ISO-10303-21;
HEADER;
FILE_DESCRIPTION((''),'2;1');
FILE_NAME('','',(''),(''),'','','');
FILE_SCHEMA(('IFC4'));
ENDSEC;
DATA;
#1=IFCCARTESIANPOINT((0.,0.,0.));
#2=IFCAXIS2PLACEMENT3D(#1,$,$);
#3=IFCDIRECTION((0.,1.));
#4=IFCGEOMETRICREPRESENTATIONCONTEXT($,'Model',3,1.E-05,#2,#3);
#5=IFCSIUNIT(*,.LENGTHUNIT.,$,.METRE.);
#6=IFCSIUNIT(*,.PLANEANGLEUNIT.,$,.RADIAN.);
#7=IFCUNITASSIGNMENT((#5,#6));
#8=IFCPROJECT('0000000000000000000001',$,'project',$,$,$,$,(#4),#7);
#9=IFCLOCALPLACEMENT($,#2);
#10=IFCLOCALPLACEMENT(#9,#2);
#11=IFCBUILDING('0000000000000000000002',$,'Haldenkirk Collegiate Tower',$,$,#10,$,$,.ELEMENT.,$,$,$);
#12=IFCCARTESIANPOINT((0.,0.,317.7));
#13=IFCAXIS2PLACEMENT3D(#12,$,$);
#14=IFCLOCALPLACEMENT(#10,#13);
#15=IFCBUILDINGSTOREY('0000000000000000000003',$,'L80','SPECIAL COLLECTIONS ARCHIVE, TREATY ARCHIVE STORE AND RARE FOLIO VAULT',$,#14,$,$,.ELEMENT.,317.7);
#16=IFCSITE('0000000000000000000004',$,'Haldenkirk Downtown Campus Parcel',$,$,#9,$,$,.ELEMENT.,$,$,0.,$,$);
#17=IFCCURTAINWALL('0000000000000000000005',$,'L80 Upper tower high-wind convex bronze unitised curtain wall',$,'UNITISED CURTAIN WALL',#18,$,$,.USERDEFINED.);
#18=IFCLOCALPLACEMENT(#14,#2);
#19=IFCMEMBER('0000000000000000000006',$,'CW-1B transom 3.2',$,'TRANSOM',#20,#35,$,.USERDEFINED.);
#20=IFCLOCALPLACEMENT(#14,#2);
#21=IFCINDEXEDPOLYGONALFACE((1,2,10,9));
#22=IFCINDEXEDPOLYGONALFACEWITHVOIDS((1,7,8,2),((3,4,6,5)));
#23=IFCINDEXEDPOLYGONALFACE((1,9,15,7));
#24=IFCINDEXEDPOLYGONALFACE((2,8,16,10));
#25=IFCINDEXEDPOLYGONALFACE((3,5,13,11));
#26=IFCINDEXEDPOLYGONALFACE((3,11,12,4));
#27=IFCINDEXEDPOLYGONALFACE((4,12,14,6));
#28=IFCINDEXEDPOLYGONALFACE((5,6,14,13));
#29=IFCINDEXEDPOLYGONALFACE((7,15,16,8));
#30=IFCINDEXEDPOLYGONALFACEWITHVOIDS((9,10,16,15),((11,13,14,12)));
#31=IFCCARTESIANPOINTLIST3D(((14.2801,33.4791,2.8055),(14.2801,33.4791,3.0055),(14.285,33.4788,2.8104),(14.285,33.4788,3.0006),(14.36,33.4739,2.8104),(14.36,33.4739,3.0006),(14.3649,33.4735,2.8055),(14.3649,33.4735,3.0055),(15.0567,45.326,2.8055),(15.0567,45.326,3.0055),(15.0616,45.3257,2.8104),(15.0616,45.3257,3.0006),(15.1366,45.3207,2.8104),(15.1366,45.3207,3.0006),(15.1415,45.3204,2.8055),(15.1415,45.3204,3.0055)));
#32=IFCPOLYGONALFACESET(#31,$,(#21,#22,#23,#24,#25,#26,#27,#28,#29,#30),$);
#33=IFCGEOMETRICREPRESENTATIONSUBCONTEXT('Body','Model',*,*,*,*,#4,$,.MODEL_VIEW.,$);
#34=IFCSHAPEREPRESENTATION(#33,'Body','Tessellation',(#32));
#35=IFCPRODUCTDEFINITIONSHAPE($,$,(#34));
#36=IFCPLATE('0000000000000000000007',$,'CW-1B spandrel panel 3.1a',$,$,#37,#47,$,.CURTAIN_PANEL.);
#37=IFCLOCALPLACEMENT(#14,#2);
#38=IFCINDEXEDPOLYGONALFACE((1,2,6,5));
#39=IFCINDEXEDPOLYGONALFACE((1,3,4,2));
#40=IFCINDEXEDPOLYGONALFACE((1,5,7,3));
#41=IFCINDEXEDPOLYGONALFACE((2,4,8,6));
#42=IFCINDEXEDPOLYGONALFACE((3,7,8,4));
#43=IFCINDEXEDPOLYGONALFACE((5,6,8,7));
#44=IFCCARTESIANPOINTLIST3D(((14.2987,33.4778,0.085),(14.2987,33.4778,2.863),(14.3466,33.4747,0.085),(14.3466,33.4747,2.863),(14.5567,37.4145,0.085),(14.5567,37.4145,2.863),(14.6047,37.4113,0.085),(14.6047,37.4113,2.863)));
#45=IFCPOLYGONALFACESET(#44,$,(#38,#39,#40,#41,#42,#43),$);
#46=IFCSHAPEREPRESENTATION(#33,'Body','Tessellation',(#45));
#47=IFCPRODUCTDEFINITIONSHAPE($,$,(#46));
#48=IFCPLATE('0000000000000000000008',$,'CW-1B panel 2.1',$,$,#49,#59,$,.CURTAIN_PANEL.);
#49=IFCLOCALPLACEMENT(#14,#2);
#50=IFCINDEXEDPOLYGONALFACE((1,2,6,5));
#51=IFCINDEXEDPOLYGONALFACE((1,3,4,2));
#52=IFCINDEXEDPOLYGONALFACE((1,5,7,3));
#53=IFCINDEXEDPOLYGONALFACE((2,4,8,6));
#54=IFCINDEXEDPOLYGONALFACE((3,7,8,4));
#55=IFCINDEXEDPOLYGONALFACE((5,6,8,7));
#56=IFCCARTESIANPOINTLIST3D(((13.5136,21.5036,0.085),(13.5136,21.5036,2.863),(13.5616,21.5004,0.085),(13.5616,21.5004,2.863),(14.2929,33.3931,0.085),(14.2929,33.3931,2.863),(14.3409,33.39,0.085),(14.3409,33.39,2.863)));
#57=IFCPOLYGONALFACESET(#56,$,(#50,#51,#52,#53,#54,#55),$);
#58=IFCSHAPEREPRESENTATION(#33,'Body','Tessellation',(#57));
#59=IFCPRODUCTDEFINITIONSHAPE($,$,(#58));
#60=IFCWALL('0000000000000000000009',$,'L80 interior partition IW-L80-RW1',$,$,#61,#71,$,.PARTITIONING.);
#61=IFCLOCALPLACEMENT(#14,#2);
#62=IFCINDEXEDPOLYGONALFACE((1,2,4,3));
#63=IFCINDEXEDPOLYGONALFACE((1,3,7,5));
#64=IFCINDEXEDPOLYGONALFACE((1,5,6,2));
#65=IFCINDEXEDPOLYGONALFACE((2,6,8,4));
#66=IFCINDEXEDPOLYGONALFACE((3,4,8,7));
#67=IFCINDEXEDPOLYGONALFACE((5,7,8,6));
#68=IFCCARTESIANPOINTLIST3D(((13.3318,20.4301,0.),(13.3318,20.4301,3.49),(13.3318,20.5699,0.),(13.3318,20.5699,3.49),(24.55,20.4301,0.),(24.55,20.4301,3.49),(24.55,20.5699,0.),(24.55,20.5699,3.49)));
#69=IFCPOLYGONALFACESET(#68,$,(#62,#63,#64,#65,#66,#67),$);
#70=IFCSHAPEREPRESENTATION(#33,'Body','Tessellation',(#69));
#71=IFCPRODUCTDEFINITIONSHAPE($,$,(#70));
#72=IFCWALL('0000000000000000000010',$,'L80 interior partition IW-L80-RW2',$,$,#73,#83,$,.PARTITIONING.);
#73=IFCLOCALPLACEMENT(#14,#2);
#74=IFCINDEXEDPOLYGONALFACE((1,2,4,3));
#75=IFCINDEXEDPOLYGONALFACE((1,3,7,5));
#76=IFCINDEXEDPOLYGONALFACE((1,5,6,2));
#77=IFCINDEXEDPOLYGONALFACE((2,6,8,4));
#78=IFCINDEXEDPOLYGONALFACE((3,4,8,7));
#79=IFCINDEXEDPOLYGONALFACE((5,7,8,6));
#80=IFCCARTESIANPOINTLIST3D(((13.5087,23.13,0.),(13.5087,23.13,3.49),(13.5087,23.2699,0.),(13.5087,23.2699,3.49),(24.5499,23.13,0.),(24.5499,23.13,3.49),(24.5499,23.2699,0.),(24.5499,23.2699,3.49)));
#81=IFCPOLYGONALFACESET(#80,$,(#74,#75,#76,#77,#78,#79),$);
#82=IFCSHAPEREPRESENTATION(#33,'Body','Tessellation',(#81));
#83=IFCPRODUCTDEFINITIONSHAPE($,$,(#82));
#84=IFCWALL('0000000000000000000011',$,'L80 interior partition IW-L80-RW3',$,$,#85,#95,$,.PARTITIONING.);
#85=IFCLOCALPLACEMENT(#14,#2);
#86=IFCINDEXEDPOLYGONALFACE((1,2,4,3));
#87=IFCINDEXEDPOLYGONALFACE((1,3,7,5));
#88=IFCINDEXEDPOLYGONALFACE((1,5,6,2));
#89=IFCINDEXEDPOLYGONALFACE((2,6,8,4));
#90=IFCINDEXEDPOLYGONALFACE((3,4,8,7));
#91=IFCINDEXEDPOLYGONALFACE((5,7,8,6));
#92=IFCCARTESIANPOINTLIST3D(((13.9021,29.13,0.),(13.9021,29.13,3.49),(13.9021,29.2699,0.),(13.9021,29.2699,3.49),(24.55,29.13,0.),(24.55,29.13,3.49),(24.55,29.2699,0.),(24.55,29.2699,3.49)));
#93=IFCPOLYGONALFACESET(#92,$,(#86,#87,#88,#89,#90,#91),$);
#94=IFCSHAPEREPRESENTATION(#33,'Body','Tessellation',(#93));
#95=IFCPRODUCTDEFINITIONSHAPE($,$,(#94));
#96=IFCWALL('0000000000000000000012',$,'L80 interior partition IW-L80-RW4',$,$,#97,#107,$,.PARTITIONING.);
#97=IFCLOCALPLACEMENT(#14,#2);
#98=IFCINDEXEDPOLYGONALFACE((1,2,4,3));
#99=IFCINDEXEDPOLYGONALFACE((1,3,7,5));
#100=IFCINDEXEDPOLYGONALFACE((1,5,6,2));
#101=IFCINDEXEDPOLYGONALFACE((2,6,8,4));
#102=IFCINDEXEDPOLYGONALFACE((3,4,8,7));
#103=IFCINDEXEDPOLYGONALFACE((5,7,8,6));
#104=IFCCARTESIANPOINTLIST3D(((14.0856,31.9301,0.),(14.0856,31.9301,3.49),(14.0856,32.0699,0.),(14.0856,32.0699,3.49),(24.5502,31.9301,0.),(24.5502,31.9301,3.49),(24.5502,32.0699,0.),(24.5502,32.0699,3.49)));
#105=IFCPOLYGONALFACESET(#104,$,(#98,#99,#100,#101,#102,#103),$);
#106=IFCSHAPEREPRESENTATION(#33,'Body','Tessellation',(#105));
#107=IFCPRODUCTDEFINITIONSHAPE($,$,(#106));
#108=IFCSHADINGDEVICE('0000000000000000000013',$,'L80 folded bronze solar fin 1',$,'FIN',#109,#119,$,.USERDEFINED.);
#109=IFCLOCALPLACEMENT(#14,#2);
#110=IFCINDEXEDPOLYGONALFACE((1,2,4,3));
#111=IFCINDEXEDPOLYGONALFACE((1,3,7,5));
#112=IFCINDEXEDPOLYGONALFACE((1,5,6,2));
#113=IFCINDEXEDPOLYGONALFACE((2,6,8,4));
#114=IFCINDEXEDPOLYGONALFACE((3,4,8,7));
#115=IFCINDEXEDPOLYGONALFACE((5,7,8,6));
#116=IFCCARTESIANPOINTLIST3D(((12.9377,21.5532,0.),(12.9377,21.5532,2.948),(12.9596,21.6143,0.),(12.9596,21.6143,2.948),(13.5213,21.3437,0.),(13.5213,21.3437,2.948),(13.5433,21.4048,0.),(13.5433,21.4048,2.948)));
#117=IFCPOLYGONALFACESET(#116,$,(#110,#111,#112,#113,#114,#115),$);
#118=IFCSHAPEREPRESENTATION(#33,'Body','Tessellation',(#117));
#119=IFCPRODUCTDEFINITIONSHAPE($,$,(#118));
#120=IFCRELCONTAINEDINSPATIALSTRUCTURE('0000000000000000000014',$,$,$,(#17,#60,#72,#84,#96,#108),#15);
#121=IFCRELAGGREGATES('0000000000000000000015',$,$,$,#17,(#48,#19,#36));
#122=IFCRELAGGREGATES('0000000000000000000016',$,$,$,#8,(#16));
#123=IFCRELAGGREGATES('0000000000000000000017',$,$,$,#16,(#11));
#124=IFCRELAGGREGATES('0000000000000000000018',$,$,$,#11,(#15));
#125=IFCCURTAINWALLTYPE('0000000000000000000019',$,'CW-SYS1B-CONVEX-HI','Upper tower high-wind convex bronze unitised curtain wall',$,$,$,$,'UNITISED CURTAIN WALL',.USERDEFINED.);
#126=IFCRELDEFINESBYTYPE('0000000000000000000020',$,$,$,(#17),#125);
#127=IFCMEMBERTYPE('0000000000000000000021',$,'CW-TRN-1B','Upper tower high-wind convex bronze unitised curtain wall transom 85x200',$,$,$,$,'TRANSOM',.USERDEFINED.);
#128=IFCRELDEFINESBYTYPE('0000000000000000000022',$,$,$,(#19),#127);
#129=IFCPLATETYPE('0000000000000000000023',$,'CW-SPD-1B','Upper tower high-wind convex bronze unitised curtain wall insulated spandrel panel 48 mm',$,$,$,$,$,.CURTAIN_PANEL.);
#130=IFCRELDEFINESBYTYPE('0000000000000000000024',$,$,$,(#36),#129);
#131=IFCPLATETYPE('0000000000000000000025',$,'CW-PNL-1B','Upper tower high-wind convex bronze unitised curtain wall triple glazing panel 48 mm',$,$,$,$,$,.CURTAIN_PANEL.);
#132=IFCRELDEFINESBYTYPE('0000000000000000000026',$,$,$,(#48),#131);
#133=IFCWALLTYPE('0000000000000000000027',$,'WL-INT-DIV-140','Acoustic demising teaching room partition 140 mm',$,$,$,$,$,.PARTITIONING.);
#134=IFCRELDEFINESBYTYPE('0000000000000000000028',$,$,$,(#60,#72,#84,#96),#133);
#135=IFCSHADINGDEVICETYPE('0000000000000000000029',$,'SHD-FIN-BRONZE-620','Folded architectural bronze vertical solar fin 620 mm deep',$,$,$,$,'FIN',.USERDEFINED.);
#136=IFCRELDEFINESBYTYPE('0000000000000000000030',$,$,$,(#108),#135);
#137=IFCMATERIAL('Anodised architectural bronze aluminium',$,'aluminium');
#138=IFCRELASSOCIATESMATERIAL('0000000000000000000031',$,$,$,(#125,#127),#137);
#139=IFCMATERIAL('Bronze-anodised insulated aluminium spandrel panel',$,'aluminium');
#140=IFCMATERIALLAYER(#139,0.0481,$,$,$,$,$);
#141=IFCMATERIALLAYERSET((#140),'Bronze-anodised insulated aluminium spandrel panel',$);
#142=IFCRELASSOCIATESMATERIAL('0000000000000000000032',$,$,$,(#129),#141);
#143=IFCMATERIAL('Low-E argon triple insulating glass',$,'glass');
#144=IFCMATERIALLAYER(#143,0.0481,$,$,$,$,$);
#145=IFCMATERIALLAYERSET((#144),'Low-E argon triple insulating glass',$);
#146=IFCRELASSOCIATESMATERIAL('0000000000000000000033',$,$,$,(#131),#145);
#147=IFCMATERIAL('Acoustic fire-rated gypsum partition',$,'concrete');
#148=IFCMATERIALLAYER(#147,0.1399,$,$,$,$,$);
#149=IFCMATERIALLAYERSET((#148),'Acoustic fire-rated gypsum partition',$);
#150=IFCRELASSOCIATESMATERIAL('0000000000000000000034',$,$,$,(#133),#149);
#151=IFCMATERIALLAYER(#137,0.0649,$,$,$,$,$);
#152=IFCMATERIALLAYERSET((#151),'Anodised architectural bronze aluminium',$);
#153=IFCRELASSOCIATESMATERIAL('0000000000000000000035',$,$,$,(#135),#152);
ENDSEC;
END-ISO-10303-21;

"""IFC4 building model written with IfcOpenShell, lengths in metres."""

from ifc_helpers import new_model, si_unit, direction, frame, frame_2d, origin, origin_2d, place, context, subcontext, project, spatial, rectangle, hollow_rectangle, extrude, source, transform, mapped, material, layer, layer_set, material_profile, profile_set, type_object, element, aggregate, save


model = new_model("IFC4")

# Units and contexts
model_context = context("Model", 3, precision=1e-05, world=origin(), true_north=direction((0.0, 1.0)))
body_context = subcontext(model_context, "Body", "Model", "MODEL_VIEW")
ifc_project = project(units=[si_unit("LENGTHUNIT", "METRE"), si_unit("PLANEANGLEUNIT", "RADIAN")], contexts=[model_context])

# Site, building, storey
site_placement = place(None, origin())
site = spatial("IfcSite", under=ifc_project, at=site_placement, Name="Haldenkirk Downtown Campus Parcel", CompositionType="ELEMENT", RefElevation=0.0)
building_placement = place(site_placement, origin())
building = spatial("IfcBuilding", under=site, at=building_placement, Name="Haldenkirk Collegiate Tower", CompositionType="ELEMENT")
storey_placement = place(building_placement, frame((0.0, 0.0, 317.7)))
storey = spatial("IfcBuildingStorey", under=building, at=storey_placement, Name="L80", Description="SPECIAL COLLECTIONS ARCHIVE, TREATY ARCHIVE STORE AND RARE FOLIO VAULT", CompositionType="ELEMENT", Elevation=317.7)

# Curtain wall, member, plates
ifc_material_1 = material(Name="Anodised architectural bronze aluminium", Category="aluminium")
curtain_wall_type = type_object("IfcCurtainWallType", Name="CW-SYS1B-CONVEX-HI", Description="Upper tower high-wind convex bronze unitised curtain wall", ElementType="UNITISED CURTAIN WALL", PredefinedType="USERDEFINED", material=ifc_material_1)
curtain_wall_placement = place(storey_placement, origin())
curtain_wall = element("IfcCurtainWall", 1, at=curtain_wall_placement, inside=storey, type_object=curtain_wall_type, Name="L80 Upper tower high-wind convex bronze unitised curtain wall", ObjectType="UNITISED CURTAIN WALL", PredefinedType="USERDEFINED")
ifc_material_profile_1 = material_profile(ifc_material_1, hollow_rectangle(XDim=0.085, YDim=0.2, WallThickness=0.0049, at=origin_2d()), Name="CW-TRN-1B")
ifc_profile_set_1 = profile_set([ifc_material_profile_1], Name="Anodised architectural bronze aluminium")
member_type_1 = type_object("IfcMemberType", Name="CW-TRN-1B", Description="Upper tower high-wind convex bronze unitised curtain wall transom 85x200", ElementType="TRANSOM", PredefinedType="USERDEFINED", material=ifc_profile_set_1)
member_1_placement = place(storey_placement, frame((14.3225, 33.4763, 2.9055), z_axis=(0.065413, 0.997858, 0.0), x_axis=(-0.997858, 0.065413, 0.0)))
member_1 = element("IfcMember", 2, at=member_1_placement, type_object=member_type_1, Name="CW-1B transom 3.2", ObjectType="TRANSOM", PredefinedType="USERDEFINED", context=body_context, shape_type="SweptSolid", body=[
    extrude(hollow_rectangle(XDim=0.085, YDim=0.2, WallThickness=0.0049, at=origin_2d()), origin(), (0.0, 0.0, 1.0), 11.8723),
])
ifc_material_2 = material(Name="Bronze-anodised insulated aluminium spandrel panel", Category="aluminium")
ifc_layer_1 = layer(ifc_material_2, 0.0481)
ifc_layer_set_1 = layer_set([ifc_layer_1], Name="Bronze-anodised insulated aluminium spandrel panel")
plate_type_1 = type_object("IfcPlateType", Name="CW-SPD-1B", Description="Upper tower high-wind convex bronze unitised curtain wall insulated spandrel panel 48 mm", PredefinedType="CURTAIN_PANEL", material=ifc_layer_set_1)
shared_shape_1 = source(origin(), body_context, "Body", "SweptSolid", [
    extrude(rectangle(XDim=3.9451, YDim=0.0481, at=origin_2d()), origin(), (0.0, 0.0, 1.0), 2.7781),
])
plate_1_placement = place(storey_placement, frame((14.4517, 35.4446, 0.085), z_axis=(0.0, 0.0, 1.0), x_axis=(0.065403, 0.997859, 0.0)))
plate_1 = element("IfcPlate", 3, at=plate_1_placement, type_object=plate_type_1, Name="CW-1B spandrel panel 3.1a", PredefinedType="CURTAIN_PANEL", context=body_context, shape_type="MappedRepresentation", body=[
    mapped(shared_shape_1, transform((0.0, 0.0, 0.0), x_axis=(1.0, 0.0, 0.0), y_axis=(0.0, 1.0, 0.0), z_axis=(0.0, 0.0, 1.0), scale=1.0)),
])
ifc_material_3 = material(Name="Low-E argon triple insulating glass", Category="glass")
ifc_layer_2 = layer(ifc_material_3, 0.0481)
ifc_layer_set_2 = layer_set([ifc_layer_2], Name="Low-E argon triple insulating glass")
plate_type_2 = type_object("IfcPlateType", Name="CW-PNL-1B", Description="Upper tower high-wind convex bronze unitised curtain wall triple glazing panel 48 mm", PredefinedType="CURTAIN_PANEL", material=ifc_layer_set_2)
shared_shape_2 = source(origin(), body_context, "Body", "SweptSolid", [
    extrude(rectangle(XDim=11.915, YDim=0.0481, at=origin_2d()), origin(), (0.0, 0.0, 1.0), 2.7781),
])
plate_2_placement = place(storey_placement, frame((13.9272, 27.4468, 0.085), z_axis=(0.0, 0.0, 1.0), x_axis=(0.065403, 0.997859, 0.0)))
plate_2 = element("IfcPlate", 4, at=plate_2_placement, type_object=plate_type_2, Name="CW-1B panel 2.1", PredefinedType="CURTAIN_PANEL", context=body_context, shape_type="MappedRepresentation", body=[
    mapped(shared_shape_2, transform((0.0, 0.0, 0.0), x_axis=(1.0, 0.0, 0.0), y_axis=(0.0, 1.0, 0.0), z_axis=(0.0, 0.0, 1.0), scale=1.0)),
])
aggregate(curtain_wall, [plate_2, member_1, plate_1])

# Walls
ifc_material_4 = material(Name="Acoustic fire-rated gypsum partition", Category="concrete")
ifc_layer_3 = layer(ifc_material_4, 0.1399)
ifc_layer_set_3 = layer_set([ifc_layer_3], Name="Acoustic fire-rated gypsum partition")
wall_type = type_object("IfcWallType", Name="WL-INT-DIV-140", Description="Acoustic demising teaching room partition 140 mm", PredefinedType="PARTITIONING", material=ifc_layer_set_3)
wall_1_placement = place(storey_placement, frame((13.3318, 20.5, 0.0), z_axis=(0.0, 0.0, 1.0), x_axis=(1.0, 0.0, 0.0)))
element("IfcWall", 5, at=wall_1_placement, inside=storey, type_object=wall_type, Name="L80 interior partition IW-L80-RW1", PredefinedType="PARTITIONING", context=body_context, shape_type="SweptSolid", body=[
    extrude(rectangle(XDim=11.2183, YDim=0.1399, at=frame_2d((5.6091, 0.0))), origin(), (0.0, 0.0, 1.0), 3.49),
])
wall_2_placement = place(storey_placement, frame((13.5088, 23.2, 0.0), z_axis=(0.0, 0.0, 1.0), x_axis=(1.0, 0.0, 0.0)))
element("IfcWall", 6, at=wall_2_placement, inside=storey, type_object=wall_type, Name="L80 interior partition IW-L80-RW2", PredefinedType="PARTITIONING", context=body_context, shape_type="SweptSolid", body=[
    extrude(rectangle(XDim=11.0413, YDim=0.1399, at=frame_2d((5.5205, 0.0))), origin(), (0.0, 0.0, 1.0), 3.49),
])
wall_3_placement = place(storey_placement, frame((13.9021, 29.2, 0.0), z_axis=(0.0, 0.0, 1.0), x_axis=(1.0, 0.0, 0.0)))
element("IfcWall", 7, at=wall_3_placement, inside=storey, type_object=wall_type, Name="L80 interior partition IW-L80-RW3", PredefinedType="PARTITIONING", context=body_context, shape_type="SweptSolid", body=[
    extrude(rectangle(XDim=10.6479, YDim=0.1399, at=frame_2d((5.324, 0.0))), origin(), (0.0, 0.0, 1.0), 3.49),
])
wall_4_placement = place(storey_placement, frame((14.0854, 32.0, 0.0), z_axis=(0.0, 0.0, 1.0), x_axis=(1.0, 0.0, 0.0)))
element("IfcWall", 8, at=wall_4_placement, inside=storey, type_object=wall_type, Name="L80 interior partition IW-L80-RW4", PredefinedType="PARTITIONING", context=body_context, shape_type="SweptSolid", body=[
    extrude(rectangle(XDim=10.4646, YDim=0.1399, at=frame_2d((5.2324, 0.0))), origin(), (0.0, 0.0, 1.0), 3.49),
])

# Shading device
ifc_layer_4 = layer(ifc_material_1, 0.0649)
ifc_layer_set_4 = layer_set([ifc_layer_4], Name="Anodised architectural bronze aluminium")
shading_device_type = type_object("IfcShadingDeviceType", Name="SHD-FIN-BRONZE-620", Description="Folded architectural bronze vertical solar fin 620 mm deep", ElementType="FIN", PredefinedType="USERDEFINED", material=ifc_layer_set_4)
shared_shape_3 = source(origin(), body_context, "Body", "SweptSolid", [
    extrude(rectangle(XDim=0.6201, YDim=0.0649, at=origin_2d()), origin(), (0.0, 0.0, 1.0), 2.948),
])
shading_device_placement = place(storey_placement, frame((13.2405, 21.479, 0.0), z_axis=(0.0, 0.0, 1.0), x_axis=(-0.941176, 0.337917, 0.0)))
element("IfcShadingDevice", 9, at=shading_device_placement, inside=storey, type_object=shading_device_type, Name="L80 folded bronze solar fin 1", ObjectType="FIN", PredefinedType="USERDEFINED", context=body_context, shape_type="MappedRepresentation", body=[
    mapped(shared_shape_3, transform((0.0, 0.0, 0.0), x_axis=(1.0, 0.0, 0.0), y_axis=(0.0, 1.0, 0.0), z_axis=(0.0, 0.0, 1.0), scale=1.0)),
])

save(model, "model.ifc")
